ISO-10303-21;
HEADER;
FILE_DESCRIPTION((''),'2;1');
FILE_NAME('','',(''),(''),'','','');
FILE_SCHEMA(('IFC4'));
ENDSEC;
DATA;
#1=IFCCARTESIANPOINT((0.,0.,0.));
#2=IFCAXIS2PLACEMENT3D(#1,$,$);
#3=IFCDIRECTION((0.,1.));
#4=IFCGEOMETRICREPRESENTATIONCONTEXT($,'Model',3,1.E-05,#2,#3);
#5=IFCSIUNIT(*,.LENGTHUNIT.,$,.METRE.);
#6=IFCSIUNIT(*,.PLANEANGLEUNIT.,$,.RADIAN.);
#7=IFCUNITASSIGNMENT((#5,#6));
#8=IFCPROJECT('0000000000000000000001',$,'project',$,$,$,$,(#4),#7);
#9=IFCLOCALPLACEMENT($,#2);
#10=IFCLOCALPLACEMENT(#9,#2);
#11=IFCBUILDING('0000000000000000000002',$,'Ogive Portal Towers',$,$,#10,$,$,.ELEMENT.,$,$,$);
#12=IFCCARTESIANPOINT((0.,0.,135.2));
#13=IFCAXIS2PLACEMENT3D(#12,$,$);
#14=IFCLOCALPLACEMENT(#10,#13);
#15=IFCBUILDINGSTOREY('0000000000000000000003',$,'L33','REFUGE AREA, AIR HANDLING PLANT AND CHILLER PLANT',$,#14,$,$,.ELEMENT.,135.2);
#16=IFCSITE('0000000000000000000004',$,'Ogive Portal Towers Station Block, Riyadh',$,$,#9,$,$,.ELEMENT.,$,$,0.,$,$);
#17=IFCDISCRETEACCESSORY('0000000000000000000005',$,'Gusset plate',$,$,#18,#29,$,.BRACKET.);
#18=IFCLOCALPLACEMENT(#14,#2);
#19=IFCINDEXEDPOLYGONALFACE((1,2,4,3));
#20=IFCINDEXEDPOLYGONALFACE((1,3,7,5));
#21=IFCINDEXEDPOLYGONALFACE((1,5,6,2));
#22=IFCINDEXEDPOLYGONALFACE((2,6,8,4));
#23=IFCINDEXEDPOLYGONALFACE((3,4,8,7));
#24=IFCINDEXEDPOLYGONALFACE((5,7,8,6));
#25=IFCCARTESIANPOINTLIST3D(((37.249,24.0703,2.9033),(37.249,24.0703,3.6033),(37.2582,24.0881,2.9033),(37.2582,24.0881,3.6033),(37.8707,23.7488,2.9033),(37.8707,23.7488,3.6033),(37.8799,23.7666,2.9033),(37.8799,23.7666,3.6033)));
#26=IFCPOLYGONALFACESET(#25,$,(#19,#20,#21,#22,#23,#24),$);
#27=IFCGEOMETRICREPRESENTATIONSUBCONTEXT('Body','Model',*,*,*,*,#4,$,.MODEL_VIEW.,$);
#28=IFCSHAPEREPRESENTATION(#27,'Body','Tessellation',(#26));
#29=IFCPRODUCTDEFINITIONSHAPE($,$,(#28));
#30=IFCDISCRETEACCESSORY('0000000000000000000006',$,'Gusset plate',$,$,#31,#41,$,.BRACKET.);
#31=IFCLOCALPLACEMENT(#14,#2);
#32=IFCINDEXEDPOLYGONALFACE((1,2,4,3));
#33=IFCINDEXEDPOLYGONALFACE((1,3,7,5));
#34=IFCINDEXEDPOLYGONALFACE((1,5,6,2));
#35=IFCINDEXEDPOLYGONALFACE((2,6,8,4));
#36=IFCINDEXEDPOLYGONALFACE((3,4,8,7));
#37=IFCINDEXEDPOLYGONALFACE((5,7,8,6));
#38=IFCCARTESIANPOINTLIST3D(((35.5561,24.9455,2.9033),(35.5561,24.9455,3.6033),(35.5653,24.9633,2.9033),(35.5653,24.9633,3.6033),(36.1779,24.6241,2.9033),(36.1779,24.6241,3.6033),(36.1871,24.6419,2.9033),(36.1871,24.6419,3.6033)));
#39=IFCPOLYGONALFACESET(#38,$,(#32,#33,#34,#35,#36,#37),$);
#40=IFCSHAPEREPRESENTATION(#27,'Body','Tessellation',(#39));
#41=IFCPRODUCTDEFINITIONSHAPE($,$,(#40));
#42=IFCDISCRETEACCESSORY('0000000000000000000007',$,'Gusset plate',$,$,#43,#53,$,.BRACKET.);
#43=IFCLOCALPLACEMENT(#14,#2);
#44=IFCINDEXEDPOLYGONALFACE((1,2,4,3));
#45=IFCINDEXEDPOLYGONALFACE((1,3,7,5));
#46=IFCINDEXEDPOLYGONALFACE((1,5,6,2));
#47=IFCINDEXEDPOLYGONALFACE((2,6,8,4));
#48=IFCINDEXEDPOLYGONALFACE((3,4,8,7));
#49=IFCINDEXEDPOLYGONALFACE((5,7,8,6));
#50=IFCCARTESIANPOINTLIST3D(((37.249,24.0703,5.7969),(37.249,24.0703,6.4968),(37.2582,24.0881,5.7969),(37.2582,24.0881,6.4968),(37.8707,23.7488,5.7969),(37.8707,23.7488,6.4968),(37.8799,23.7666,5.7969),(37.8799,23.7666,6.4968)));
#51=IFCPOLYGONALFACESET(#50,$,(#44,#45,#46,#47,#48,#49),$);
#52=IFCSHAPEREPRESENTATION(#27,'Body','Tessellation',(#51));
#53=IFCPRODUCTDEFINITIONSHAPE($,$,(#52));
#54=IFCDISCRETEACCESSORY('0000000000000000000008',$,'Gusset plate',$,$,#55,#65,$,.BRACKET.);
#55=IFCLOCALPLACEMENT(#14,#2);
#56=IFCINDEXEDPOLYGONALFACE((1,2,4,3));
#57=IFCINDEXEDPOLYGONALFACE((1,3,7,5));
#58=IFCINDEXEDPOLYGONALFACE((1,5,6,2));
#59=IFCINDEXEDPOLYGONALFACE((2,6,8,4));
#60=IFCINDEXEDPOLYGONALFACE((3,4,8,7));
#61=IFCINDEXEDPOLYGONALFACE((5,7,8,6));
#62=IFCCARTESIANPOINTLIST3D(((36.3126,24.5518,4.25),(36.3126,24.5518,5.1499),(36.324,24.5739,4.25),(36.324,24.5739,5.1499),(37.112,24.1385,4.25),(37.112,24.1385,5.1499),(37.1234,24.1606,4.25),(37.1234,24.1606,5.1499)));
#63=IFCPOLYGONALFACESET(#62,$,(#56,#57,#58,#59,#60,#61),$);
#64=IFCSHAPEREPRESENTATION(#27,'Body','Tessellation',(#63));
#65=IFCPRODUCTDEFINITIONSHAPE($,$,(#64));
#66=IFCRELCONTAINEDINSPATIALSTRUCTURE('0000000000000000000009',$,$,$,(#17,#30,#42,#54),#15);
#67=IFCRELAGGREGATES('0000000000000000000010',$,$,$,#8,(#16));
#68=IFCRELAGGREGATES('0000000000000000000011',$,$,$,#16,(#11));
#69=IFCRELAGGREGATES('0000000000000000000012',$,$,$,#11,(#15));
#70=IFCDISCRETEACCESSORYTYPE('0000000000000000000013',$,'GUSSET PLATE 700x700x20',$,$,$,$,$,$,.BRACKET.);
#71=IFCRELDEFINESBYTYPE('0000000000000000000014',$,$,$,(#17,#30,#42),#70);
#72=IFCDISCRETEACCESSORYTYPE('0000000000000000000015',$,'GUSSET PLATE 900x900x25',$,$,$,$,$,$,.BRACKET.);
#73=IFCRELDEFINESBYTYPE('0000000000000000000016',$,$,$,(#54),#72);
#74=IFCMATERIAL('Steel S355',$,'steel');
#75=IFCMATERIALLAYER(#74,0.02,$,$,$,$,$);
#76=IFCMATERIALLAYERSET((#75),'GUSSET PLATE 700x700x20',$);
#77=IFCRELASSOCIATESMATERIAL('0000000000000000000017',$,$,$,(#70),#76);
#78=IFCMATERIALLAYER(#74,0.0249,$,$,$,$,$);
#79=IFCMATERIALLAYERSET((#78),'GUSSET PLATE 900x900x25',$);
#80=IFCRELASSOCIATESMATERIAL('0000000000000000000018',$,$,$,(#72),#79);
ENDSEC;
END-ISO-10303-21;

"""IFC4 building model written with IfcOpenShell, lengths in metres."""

from ifc_helpers import new_model, si_unit, direction, frame, origin, origin_2d, place, context, subcontext, project, spatial, rectangle, extrude, material, layer, layer_set, type_object, element, save


model = new_model("IFC4")

# Units and contexts
model_context = context("Model", 3, precision=1e-05, world=origin(), true_north=direction((0.0, 1.0)))
body_context = subcontext(model_context, "Body", "Model", "MODEL_VIEW")
ifc_project = project(units=[si_unit("LENGTHUNIT", "METRE"), si_unit("PLANEANGLEUNIT", "RADIAN")], contexts=[model_context])

# Site, building, storey
site_placement = place(None, origin())
site = spatial("IfcSite", under=ifc_project, at=site_placement, Name="Ogive Portal Towers Station Block, Riyadh", CompositionType="ELEMENT", RefElevation=0.0)
building_placement = place(site_placement, origin())
building = spatial("IfcBuilding", under=site, at=building_placement, Name="Ogive Portal Towers", CompositionType="ELEMENT")
storey_placement = place(building_placement, frame((0.0, 0.0, 135.2)))
storey = spatial("IfcBuildingStorey", under=building, at=storey_placement, Name="L33", Description="REFUGE AREA, AIR HANDLING PLANT AND CHILLER PLANT", CompositionType="ELEMENT", Elevation=135.2)

# Shared definitions
ifc_material_1 = material(Name="Steel S355", Category="steel")

# Discrete accessories
ifc_layer_1 = layer(ifc_material_1, 0.02)
ifc_layer_set_1 = layer_set([ifc_layer_1], Name="GUSSET PLATE 700x700x20")
discrete_accessory_type_1 = type_object("IfcDiscreteAccessoryType", Name="GUSSET PLATE 700x700x20", PredefinedType="BRACKET", material=ifc_layer_set_1)
for number, where, z_axis, x_axis, name in (
    (1, (37.5645, 23.9185, 2.9033), (0.0, 0.0, 1.0), (0.888321, -0.459223, 0.0), "Gusset plate"),
    (2, (35.8716, 24.7937, 2.9033), (0.0, 0.0, 1.0), (0.888321, -0.459223, 0.0), "Gusset plate"),
    (3, (37.5645, 23.9185, 5.7969), (0.0, 0.0, 1.0), (0.888321, -0.459223, 0.0), "Gusset plate"),
):
    element("IfcDiscreteAccessory", number, at=place(storey_placement, frame(where, z_axis=z_axis, x_axis=x_axis)), inside=storey, type_object=discrete_accessory_type_1, Name=name, PredefinedType="BRACKET", context=body_context, shape_type="SweptSolid", body=[
        extrude(rectangle(XDim=0.7, YDim=0.02, at=origin_2d()), origin(), (0.0, 0.0, 1.0), 0.7),
    ])
ifc_layer_2 = layer(ifc_material_1, 0.0249)
ifc_layer_set_2 = layer_set([ifc_layer_2], Name="GUSSET PLATE 900x900x25")
discrete_accessory_type_2 = type_object("IfcDiscreteAccessoryType", Name="GUSSET PLATE 900x900x25", PredefinedType="BRACKET", material=ifc_layer_set_2)
discrete_accessory_placement = place(storey_placement, frame((36.718, 24.3562, 4.25), z_axis=(0.0, 0.0, 1.0), x_axis=(0.888321, -0.459223, 0.0)))
element("IfcDiscreteAccessory", 4, at=discrete_accessory_placement, inside=storey, type_object=discrete_accessory_type_2, Name="Gusset plate", PredefinedType="BRACKET", context=body_context, shape_type="SweptSolid", body=[
    extrude(rectangle(XDim=0.8999, YDim=0.0249, at=origin_2d()), origin(), (0.0, 0.0, 1.0), 0.8999),
])

save(model, "model.ifc")
